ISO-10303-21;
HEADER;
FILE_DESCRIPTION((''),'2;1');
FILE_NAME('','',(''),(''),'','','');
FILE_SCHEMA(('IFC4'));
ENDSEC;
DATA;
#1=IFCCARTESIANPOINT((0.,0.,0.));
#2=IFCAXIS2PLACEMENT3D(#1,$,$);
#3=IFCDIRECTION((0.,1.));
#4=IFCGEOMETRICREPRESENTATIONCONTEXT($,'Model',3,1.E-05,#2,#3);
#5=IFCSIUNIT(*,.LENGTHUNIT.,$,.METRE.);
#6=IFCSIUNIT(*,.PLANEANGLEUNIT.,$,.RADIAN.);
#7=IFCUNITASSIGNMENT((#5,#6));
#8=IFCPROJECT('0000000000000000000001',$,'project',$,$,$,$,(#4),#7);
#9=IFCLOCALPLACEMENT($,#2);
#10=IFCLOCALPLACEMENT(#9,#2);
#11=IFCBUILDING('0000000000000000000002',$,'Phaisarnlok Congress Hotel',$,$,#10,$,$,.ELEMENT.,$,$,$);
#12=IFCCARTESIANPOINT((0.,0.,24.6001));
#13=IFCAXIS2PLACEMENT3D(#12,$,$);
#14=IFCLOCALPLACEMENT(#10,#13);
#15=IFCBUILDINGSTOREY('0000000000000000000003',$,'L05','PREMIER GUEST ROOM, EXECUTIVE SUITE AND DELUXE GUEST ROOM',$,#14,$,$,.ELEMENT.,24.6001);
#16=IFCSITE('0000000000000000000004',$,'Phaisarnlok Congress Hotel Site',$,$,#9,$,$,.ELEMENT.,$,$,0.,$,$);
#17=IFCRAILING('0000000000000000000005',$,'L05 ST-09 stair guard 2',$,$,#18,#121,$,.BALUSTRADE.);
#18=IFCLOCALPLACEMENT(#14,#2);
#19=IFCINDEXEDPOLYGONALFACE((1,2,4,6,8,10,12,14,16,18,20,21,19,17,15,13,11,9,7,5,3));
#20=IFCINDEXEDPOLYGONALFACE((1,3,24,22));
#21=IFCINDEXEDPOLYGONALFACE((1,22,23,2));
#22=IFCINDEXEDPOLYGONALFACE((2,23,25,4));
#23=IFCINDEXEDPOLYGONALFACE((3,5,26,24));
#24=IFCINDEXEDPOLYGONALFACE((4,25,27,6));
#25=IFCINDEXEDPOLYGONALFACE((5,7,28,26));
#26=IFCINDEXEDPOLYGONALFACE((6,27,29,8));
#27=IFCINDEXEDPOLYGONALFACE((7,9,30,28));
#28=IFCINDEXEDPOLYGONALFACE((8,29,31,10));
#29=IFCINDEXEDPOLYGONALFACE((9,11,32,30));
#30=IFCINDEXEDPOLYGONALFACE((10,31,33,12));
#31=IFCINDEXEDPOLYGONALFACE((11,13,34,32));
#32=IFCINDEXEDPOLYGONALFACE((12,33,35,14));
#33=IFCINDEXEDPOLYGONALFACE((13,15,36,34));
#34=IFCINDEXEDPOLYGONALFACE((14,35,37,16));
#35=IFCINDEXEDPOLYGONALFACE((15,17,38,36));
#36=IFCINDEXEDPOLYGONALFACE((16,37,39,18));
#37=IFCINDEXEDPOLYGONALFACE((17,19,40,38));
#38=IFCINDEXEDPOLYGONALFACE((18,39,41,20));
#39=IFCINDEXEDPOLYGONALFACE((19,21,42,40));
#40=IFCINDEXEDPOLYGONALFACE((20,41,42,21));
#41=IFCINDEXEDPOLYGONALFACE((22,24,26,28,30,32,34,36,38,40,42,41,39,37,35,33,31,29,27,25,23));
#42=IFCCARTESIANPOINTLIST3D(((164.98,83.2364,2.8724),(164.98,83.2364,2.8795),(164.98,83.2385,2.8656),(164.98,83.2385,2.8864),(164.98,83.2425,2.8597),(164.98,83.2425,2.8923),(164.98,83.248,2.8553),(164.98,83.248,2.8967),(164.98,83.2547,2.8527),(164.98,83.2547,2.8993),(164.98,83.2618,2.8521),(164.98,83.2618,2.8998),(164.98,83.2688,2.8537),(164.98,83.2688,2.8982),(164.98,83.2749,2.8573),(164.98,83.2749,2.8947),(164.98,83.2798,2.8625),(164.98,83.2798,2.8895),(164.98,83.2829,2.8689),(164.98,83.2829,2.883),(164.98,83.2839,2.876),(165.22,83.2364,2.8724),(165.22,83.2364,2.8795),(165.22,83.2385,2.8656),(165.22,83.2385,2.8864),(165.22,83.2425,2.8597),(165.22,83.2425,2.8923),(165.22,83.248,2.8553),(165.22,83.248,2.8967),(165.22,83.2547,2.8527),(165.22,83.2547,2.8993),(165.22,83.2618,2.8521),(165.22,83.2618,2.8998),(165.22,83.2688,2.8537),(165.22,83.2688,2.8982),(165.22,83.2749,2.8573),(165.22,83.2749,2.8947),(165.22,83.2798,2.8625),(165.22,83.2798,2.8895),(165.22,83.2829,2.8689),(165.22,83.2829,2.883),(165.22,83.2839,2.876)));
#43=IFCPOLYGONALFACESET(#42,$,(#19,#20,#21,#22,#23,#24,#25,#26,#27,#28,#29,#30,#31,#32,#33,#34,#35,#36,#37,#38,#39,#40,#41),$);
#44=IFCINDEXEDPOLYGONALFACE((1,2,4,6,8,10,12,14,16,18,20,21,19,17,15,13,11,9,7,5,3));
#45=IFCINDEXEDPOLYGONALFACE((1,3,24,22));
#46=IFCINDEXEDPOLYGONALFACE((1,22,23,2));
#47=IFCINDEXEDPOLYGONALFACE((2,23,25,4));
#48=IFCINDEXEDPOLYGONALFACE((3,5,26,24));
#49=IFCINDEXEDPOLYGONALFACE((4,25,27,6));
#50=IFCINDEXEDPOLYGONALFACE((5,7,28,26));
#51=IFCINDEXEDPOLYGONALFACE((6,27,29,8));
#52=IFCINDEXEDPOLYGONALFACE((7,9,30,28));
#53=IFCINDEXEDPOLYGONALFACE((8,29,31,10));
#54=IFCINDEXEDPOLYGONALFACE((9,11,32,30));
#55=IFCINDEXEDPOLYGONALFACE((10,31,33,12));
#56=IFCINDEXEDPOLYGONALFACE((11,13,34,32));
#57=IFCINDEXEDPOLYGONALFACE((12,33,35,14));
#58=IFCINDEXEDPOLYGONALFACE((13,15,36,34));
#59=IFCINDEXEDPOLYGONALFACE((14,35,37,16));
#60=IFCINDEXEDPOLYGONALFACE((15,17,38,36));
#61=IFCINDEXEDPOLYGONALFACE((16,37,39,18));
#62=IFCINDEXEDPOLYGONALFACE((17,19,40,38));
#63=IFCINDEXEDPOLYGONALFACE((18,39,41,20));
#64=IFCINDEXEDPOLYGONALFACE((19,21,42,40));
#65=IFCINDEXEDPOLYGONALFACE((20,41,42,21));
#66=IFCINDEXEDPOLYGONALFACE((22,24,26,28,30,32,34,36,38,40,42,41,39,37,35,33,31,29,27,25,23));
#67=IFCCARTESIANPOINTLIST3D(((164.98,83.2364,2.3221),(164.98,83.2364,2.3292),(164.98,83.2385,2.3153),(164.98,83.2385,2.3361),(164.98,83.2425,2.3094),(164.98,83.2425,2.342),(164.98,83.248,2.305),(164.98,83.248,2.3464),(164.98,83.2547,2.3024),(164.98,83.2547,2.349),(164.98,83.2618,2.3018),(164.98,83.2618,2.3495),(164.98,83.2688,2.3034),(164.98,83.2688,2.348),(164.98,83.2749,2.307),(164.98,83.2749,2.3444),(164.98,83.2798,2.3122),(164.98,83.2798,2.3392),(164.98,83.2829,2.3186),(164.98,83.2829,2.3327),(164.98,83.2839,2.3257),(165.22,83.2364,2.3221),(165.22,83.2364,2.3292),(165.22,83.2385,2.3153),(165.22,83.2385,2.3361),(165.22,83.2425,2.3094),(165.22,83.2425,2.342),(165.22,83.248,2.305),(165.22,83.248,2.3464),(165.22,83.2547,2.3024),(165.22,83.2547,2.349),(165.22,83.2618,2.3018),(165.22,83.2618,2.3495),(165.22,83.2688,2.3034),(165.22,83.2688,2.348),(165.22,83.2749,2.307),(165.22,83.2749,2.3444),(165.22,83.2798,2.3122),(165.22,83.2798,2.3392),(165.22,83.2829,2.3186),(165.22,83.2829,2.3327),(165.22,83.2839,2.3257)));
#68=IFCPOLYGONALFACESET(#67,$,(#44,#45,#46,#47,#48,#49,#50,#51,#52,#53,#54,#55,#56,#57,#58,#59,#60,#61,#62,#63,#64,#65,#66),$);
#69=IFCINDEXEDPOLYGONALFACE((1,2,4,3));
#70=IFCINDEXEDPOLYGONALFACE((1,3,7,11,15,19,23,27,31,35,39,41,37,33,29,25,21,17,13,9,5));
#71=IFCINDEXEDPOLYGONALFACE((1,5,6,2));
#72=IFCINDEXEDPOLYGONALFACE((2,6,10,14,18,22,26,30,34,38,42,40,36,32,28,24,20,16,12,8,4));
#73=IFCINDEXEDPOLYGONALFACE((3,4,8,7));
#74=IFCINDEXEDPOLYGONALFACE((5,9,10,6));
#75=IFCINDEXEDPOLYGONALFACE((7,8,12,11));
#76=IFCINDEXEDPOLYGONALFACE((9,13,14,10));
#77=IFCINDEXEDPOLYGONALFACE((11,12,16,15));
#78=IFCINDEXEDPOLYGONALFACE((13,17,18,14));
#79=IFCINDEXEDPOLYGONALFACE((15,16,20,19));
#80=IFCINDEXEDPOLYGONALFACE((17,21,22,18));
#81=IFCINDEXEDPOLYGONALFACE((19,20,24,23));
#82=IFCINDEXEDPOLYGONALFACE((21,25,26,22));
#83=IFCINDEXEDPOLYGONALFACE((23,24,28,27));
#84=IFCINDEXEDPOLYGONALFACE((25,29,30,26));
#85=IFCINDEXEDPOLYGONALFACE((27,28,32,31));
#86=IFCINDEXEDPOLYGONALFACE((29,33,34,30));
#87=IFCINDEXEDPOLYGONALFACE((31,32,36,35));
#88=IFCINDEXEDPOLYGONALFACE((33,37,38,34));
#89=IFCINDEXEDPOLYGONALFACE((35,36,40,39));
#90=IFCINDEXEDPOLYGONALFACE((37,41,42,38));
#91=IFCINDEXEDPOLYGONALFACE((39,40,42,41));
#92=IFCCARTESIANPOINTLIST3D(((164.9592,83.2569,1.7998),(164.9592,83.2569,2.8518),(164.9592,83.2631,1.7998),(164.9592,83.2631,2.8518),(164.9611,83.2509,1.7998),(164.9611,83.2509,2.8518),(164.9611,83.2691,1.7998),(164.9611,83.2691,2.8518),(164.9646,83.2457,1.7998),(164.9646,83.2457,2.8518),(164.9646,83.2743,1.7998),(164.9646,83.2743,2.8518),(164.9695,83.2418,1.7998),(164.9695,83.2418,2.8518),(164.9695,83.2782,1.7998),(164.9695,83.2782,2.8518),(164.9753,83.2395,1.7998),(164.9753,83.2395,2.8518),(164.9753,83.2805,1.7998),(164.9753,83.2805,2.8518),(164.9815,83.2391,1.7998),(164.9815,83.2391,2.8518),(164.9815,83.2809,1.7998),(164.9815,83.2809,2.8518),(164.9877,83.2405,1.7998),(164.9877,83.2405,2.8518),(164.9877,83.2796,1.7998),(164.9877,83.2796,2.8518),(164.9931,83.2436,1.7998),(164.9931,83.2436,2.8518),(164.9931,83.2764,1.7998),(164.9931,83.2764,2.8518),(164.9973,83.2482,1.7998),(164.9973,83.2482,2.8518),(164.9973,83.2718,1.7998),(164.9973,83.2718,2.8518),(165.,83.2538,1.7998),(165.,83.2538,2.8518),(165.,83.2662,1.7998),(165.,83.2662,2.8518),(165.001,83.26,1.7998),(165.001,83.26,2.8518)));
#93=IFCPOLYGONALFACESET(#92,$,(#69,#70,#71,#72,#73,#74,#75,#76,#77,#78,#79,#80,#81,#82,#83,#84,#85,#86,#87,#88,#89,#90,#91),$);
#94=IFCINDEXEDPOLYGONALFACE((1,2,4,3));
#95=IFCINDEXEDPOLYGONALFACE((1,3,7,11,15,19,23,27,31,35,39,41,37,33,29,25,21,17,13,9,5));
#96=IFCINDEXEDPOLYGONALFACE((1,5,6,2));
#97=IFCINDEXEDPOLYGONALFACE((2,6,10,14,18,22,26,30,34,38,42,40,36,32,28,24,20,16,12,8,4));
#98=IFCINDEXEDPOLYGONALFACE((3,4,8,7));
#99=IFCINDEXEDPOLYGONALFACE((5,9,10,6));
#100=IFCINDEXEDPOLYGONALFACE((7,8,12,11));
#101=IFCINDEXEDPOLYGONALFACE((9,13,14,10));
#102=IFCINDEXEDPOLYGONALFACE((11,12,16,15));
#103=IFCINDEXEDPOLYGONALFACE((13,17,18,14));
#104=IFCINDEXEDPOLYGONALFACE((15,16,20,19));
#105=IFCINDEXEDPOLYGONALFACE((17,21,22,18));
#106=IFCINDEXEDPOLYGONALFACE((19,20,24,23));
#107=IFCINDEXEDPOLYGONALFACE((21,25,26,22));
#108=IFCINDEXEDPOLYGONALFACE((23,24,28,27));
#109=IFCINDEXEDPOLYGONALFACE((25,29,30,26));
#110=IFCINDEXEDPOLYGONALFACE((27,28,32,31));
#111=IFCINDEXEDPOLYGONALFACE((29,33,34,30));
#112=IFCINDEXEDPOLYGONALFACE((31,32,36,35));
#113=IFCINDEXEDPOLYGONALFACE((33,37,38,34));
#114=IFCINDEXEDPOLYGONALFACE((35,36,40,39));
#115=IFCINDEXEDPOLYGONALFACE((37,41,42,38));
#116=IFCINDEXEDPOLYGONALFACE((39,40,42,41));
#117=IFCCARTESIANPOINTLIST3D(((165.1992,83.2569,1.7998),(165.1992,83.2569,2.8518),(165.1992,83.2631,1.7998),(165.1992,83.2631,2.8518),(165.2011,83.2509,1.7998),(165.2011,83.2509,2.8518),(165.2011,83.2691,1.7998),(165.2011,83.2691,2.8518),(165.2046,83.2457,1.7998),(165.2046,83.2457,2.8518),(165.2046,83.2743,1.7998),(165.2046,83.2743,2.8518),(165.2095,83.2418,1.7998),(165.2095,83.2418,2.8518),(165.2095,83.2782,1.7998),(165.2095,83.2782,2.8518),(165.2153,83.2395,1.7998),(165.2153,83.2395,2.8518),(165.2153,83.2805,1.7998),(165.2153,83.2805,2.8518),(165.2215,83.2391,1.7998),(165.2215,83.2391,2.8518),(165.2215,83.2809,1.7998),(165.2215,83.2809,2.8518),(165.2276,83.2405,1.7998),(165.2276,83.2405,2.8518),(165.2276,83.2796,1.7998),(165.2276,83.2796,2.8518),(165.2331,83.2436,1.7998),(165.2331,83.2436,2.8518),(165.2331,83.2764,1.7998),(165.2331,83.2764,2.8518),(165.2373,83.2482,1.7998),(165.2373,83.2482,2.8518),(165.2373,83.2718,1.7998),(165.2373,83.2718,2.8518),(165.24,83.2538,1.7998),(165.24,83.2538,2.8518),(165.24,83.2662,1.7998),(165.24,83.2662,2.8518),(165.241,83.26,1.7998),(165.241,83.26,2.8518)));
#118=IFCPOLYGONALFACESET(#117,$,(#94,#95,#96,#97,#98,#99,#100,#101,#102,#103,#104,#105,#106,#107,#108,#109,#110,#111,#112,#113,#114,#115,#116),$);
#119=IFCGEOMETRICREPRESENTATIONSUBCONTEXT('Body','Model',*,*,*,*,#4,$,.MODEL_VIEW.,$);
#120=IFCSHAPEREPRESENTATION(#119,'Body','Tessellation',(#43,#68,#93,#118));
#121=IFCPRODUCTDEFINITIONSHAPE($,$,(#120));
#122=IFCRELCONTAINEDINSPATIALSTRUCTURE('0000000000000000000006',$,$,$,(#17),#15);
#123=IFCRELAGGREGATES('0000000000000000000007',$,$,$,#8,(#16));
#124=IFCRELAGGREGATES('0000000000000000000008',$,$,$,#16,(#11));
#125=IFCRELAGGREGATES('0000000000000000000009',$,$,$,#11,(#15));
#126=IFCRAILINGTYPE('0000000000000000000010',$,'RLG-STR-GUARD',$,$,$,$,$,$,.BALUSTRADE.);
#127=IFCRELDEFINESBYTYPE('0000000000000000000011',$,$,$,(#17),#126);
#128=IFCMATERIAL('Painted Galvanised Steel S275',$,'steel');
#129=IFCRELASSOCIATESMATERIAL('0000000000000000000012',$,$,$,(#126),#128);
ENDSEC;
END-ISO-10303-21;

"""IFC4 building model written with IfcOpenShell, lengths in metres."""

from ifc_helpers import new_model, si_unit, direction, frame, origin, origin_2d, place, context, subcontext, project, spatial, circle, extrude, material, type_object, element, save


model = new_model("IFC4")

# Units and contexts
model_context = context("Model", 3, precision=1e-05, world=origin(), true_north=direction((0.0, 1.0)))
body_context = subcontext(model_context, "Body", "Model", "MODEL_VIEW")
ifc_project = project(units=[si_unit("LENGTHUNIT", "METRE"), si_unit("PLANEANGLEUNIT", "RADIAN")], contexts=[model_context])

# Site, building, storey
site_placement = place(None, origin())
site = spatial("IfcSite", under=ifc_project, at=site_placement, Name="Phaisarnlok Congress Hotel Site", CompositionType="ELEMENT", RefElevation=0.0)
building_placement = place(site_placement, origin())
building = spatial("IfcBuilding", under=site, at=building_placement, Name="Phaisarnlok Congress Hotel", CompositionType="ELEMENT")
storey_placement = place(building_placement, frame((0.0, 0.0, 24.6001)))
storey = spatial("IfcBuildingStorey", under=building, at=storey_placement, Name="L05", Description="PREMIER GUEST ROOM, EXECUTIVE SUITE AND DELUXE GUEST ROOM", CompositionType="ELEMENT", Elevation=24.6001)

# Railing
ifc_material_1 = material(Name="Painted Galvanised Steel S275", Category="steel")
railing_type_1 = type_object("IfcRailingType", Name="RLG-STR-GUARD", PredefinedType="BALUSTRADE", material=ifc_material_1)
railing_1_placement = place(storey_placement, frame((164.98, 83.26, 1.7998)))
element("IfcRailing", 1, at=railing_1_placement, inside=storey, type_object=railing_type_1, Name="L05 ST-09 stair guard 2", PredefinedType="BALUSTRADE", context=body_context, shape_type="SweptSolid", body=[
    extrude(circle(Radius=0.0239, at=origin_2d()), frame((0.0, 0.0, 1.0762), z_axis=(1.0, 0.0, 0.0), x_axis=(0.0, 1.0, 0.0)), (0.0, 0.0, 1.0), 0.24),
    extrude(circle(Radius=0.0239, at=origin_2d()), frame((0.0, 0.0, 0.5259), z_axis=(1.0, 0.0, 0.0), x_axis=(0.0, 1.0, 0.0)), (0.0, 0.0, 1.0), 0.24),
    extrude(circle(Radius=0.021, at=origin_2d()), origin(), (0.0, 0.0, 1.0), 1.052),
    extrude(circle(Radius=0.021, at=origin_2d()), frame((0.24, 0.0, 0.0)), (0.0, 0.0, 1.0), 1.052),
])

save(model, "model.ifc")
